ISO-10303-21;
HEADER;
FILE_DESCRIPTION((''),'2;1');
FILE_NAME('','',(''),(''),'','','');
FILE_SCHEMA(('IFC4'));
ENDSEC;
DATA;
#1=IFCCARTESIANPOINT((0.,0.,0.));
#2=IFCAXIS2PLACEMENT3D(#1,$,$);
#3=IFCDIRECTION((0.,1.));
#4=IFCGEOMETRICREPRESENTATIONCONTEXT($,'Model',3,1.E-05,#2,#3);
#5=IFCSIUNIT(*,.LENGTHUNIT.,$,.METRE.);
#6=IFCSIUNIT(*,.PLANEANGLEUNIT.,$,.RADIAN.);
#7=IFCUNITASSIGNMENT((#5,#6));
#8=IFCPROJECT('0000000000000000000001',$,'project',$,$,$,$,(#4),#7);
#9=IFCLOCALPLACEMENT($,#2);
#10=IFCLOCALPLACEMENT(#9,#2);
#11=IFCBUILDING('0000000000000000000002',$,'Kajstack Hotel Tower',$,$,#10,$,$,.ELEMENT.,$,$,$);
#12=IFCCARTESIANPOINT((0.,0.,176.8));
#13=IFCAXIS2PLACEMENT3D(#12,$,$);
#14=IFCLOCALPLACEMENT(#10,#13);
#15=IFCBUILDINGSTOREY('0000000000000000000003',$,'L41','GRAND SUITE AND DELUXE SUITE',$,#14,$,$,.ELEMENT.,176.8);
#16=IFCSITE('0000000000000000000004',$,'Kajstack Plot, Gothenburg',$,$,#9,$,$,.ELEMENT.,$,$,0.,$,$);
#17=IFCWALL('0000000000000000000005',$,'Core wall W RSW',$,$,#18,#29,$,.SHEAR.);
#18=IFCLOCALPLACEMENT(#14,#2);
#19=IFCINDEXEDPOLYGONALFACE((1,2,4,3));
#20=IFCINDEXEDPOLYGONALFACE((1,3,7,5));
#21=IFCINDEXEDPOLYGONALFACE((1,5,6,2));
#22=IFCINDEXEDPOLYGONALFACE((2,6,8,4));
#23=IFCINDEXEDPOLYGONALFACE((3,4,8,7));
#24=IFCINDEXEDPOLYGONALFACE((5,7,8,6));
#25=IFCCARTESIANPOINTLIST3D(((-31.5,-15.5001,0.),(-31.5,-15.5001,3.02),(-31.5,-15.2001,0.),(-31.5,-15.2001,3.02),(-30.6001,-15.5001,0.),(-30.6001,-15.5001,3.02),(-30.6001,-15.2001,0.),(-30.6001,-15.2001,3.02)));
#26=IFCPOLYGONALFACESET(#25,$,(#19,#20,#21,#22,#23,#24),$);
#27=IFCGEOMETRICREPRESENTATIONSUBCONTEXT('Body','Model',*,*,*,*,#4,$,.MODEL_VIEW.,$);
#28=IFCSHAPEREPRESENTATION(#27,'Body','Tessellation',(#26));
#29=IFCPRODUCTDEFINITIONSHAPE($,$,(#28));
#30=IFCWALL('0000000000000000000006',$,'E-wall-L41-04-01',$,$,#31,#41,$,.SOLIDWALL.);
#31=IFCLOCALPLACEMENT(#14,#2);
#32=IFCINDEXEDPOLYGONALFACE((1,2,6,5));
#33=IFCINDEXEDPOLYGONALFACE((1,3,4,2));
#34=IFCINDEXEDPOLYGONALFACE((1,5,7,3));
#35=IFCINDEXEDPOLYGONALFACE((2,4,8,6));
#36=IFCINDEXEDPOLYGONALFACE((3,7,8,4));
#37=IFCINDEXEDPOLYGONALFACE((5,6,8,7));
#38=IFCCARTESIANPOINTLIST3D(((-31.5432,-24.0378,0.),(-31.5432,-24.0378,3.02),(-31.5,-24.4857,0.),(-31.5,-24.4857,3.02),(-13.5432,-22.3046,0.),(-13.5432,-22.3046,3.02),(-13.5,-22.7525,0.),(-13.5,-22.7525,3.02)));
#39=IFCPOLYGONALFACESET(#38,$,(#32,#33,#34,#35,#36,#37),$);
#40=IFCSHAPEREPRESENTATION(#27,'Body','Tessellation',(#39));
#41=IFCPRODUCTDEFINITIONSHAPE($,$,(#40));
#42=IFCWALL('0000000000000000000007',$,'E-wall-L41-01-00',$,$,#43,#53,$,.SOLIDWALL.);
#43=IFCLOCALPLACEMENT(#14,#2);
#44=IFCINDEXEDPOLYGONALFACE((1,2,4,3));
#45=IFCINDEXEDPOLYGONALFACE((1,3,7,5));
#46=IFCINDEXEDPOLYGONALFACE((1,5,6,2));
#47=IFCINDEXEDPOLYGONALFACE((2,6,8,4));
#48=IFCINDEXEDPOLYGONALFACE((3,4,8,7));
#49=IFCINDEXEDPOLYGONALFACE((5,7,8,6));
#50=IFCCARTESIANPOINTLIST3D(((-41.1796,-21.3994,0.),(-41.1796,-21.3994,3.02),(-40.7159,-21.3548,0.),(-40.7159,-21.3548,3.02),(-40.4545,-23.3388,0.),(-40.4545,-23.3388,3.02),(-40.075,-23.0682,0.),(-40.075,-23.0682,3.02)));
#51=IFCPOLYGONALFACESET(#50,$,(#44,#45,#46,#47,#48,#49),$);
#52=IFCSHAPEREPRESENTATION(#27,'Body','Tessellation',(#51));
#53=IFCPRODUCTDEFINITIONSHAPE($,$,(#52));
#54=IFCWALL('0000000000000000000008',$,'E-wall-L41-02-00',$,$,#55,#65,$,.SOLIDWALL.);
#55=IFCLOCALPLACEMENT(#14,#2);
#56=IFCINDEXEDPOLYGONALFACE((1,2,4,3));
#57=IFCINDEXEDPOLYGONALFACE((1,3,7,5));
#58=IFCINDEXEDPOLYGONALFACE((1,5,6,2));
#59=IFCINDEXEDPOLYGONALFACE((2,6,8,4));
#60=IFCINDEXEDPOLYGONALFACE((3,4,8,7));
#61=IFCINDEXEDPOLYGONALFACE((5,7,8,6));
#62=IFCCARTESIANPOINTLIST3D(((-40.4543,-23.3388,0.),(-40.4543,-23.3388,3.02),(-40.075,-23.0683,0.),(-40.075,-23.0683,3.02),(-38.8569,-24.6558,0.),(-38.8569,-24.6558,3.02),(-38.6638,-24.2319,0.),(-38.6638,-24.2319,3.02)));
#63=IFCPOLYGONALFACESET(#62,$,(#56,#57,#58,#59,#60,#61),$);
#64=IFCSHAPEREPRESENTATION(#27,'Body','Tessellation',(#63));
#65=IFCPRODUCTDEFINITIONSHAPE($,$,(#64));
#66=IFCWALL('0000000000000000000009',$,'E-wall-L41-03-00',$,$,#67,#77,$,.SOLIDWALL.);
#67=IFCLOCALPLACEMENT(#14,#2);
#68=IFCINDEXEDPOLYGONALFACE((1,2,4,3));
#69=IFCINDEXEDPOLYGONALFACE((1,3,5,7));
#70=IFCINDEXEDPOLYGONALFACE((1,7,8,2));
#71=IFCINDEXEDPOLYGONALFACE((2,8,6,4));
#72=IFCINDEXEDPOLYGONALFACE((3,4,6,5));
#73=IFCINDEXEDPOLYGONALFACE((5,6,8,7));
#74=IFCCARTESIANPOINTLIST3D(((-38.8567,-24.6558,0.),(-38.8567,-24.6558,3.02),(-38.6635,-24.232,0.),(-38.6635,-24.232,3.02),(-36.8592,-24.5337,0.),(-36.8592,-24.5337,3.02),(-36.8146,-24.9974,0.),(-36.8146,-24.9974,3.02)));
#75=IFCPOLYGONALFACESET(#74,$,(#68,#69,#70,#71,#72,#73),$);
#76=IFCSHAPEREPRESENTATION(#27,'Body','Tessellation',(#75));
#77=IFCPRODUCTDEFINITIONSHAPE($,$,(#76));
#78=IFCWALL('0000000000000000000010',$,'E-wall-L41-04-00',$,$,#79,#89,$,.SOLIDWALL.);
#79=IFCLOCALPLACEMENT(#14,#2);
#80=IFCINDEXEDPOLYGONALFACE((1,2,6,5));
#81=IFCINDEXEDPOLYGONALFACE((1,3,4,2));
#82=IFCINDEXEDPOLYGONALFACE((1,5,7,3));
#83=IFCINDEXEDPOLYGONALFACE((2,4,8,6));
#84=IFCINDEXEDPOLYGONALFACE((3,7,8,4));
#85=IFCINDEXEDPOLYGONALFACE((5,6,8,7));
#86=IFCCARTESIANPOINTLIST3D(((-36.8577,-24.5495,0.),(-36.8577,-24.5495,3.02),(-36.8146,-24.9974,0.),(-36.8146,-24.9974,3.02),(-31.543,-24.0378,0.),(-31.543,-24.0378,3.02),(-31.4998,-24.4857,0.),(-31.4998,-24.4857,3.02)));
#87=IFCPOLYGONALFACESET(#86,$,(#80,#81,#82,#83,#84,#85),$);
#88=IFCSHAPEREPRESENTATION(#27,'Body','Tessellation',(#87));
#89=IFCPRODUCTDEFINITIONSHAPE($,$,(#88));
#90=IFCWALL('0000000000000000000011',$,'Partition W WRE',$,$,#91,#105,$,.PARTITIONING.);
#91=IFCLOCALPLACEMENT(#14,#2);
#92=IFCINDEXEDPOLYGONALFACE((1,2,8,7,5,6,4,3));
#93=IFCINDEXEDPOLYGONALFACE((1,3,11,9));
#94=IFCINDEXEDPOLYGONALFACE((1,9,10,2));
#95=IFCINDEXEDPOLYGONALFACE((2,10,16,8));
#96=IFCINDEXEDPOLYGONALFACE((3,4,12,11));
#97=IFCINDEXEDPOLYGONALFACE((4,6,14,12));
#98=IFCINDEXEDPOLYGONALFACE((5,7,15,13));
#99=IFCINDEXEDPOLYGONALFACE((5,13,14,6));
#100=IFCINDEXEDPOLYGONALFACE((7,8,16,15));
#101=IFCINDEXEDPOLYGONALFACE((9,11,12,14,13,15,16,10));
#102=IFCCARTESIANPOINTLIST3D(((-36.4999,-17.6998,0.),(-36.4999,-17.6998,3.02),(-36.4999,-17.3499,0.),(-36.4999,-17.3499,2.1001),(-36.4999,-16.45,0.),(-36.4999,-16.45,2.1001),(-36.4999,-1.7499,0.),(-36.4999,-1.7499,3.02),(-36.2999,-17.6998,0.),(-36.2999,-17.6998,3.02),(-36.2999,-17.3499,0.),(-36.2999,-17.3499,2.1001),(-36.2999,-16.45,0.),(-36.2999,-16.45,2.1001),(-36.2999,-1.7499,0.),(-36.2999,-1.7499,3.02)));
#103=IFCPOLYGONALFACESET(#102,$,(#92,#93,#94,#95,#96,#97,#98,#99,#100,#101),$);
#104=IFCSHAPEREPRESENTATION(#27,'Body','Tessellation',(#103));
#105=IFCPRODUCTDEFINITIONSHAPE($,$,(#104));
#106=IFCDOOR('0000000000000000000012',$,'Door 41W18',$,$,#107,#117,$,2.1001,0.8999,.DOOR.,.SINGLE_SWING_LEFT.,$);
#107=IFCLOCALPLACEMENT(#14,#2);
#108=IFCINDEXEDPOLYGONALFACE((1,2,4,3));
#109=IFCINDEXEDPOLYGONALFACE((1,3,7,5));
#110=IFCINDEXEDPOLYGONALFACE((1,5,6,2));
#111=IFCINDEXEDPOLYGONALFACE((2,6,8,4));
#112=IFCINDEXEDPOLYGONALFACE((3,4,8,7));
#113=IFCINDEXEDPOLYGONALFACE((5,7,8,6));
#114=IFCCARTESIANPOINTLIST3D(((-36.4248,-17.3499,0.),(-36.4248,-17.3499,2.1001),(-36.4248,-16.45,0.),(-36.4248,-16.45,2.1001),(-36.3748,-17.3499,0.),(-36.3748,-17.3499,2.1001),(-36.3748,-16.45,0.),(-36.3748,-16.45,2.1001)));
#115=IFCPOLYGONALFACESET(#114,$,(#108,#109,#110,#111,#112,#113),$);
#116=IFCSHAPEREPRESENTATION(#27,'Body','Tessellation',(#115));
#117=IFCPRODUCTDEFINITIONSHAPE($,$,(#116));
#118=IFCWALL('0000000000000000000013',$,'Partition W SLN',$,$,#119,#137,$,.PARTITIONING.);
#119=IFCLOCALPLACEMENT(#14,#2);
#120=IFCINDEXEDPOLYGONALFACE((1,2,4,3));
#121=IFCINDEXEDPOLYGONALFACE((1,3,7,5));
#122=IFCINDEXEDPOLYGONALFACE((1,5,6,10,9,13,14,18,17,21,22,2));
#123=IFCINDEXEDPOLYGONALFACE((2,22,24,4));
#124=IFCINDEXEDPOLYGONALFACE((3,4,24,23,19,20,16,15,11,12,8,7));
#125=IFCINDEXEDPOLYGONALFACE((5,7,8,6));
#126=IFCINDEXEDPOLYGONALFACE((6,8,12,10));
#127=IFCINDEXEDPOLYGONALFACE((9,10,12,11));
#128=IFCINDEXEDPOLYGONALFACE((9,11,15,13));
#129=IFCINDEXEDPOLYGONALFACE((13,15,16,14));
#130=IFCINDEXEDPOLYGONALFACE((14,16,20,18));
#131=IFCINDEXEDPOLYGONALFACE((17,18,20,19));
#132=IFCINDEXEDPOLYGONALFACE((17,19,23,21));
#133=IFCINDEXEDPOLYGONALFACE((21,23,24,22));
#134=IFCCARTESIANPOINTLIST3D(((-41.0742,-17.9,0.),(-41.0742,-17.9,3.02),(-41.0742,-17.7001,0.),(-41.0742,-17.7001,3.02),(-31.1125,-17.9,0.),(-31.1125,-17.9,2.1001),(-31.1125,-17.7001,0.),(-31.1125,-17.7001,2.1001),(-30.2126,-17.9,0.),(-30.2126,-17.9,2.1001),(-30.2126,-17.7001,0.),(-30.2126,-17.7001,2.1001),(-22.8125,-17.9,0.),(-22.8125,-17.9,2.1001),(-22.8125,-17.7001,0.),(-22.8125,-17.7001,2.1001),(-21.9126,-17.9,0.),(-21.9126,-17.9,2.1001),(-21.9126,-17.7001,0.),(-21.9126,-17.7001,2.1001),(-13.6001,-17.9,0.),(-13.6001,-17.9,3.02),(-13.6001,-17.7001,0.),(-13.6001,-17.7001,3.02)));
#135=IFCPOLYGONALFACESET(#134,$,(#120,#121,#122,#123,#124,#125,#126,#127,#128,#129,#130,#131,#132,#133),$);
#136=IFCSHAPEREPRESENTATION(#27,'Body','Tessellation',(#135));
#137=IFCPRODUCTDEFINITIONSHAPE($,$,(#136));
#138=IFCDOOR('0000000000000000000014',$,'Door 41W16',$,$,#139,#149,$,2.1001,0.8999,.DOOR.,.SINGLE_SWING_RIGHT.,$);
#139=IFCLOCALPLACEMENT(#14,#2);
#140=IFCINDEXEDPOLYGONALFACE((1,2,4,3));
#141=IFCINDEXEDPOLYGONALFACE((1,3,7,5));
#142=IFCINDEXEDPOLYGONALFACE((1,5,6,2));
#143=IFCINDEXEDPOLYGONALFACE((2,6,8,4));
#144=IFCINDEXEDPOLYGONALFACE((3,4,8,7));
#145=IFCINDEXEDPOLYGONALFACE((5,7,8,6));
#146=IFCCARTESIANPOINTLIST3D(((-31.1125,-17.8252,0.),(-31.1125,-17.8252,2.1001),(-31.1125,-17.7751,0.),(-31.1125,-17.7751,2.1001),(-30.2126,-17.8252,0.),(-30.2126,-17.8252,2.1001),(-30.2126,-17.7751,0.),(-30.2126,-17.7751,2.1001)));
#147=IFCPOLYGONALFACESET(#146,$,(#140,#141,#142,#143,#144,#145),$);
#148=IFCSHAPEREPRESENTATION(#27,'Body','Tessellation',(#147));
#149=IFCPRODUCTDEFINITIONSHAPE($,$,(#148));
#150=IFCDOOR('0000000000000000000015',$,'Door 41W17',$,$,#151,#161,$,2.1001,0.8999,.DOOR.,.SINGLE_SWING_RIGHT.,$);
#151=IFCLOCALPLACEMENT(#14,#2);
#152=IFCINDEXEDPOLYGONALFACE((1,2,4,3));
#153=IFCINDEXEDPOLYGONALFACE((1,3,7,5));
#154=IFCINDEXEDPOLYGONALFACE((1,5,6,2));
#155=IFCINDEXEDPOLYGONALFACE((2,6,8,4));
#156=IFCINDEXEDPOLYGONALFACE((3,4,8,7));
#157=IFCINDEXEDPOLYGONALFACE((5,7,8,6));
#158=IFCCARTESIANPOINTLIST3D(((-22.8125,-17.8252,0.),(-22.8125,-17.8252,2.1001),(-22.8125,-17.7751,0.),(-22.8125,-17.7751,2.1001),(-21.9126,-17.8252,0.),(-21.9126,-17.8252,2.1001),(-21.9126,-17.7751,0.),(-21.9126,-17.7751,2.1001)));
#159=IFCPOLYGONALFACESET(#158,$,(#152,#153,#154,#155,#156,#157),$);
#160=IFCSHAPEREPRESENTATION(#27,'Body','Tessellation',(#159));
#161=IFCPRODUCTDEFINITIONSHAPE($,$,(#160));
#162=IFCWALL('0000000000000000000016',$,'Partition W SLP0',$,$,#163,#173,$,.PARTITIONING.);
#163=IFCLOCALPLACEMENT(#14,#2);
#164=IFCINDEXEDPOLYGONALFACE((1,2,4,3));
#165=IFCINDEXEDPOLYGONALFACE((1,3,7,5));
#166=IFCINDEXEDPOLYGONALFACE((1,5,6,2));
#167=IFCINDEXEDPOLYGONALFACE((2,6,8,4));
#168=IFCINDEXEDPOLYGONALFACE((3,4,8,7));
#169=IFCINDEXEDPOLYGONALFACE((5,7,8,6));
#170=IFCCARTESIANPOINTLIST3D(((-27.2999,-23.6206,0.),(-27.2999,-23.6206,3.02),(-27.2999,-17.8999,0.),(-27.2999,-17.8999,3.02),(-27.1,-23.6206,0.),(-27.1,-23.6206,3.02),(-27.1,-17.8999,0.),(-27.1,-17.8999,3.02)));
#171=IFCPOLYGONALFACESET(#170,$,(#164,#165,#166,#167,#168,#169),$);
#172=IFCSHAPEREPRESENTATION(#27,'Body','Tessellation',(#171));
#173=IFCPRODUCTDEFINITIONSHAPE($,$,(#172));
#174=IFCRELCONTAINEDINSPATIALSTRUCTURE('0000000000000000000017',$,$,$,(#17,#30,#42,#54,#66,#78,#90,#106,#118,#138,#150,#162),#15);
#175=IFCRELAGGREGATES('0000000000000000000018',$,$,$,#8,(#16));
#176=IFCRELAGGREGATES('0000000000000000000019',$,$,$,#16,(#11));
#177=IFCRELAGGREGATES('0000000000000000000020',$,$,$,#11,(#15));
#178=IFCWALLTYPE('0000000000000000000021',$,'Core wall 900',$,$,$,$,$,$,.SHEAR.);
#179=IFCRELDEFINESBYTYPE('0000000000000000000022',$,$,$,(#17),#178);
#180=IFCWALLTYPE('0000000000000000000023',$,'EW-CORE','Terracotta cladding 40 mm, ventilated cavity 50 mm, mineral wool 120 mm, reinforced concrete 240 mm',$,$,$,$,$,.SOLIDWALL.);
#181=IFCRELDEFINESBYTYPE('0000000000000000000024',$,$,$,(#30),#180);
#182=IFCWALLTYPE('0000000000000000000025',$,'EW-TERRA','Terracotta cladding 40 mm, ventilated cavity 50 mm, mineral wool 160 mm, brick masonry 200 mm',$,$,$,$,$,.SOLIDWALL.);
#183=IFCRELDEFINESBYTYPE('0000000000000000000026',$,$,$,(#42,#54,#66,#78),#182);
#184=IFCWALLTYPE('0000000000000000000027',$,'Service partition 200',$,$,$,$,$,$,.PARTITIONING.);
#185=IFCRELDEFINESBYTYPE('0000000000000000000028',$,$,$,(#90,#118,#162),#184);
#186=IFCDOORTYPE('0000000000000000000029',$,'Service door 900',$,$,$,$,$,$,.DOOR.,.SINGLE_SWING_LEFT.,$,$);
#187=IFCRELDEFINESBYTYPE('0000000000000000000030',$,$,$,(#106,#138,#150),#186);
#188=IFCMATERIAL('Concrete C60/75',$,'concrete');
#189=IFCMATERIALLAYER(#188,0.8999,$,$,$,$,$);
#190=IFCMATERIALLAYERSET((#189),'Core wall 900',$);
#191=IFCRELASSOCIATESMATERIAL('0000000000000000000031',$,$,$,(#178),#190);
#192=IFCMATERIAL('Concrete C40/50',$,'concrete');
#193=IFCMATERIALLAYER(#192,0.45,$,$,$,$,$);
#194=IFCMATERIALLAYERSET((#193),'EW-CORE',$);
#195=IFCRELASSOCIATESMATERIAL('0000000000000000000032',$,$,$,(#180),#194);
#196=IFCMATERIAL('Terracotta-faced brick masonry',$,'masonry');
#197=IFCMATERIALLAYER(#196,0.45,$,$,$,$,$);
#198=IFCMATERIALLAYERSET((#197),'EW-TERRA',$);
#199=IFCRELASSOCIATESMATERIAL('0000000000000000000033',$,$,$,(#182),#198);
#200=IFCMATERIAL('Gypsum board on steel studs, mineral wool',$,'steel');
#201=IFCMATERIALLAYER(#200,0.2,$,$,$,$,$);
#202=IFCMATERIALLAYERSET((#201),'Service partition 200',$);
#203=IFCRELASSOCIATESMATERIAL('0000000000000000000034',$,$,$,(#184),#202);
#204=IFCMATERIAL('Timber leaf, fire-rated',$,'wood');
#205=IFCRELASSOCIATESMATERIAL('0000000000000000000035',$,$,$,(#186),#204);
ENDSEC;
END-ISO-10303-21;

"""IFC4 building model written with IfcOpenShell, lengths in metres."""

from ifc_helpers import new_model, si_unit, direction, frame, frame_2d, origin, place, context, subcontext, project, spatial, polyline, rectangle, outline, extrude, material, layer, layer_set, type_object, element, fill, save


model = new_model("IFC4")

# Units and contexts
model_context = context("Model", 3, precision=1e-05, world=origin(), true_north=direction((0.0, 1.0)))
body_context = subcontext(model_context, "Body", "Model", "MODEL_VIEW")
ifc_project = project(units=[si_unit("LENGTHUNIT", "METRE"), si_unit("PLANEANGLEUNIT", "RADIAN")], contexts=[model_context])

# Site, building, storey
site_placement = place(None, origin())
site = spatial("IfcSite", under=ifc_project, at=site_placement, Name="Kajstack Plot, Gothenburg", CompositionType="ELEMENT", RefElevation=0.0)
building_placement = place(site_placement, origin())
building = spatial("IfcBuilding", under=site, at=building_placement, Name="Kajstack Hotel Tower", CompositionType="ELEMENT")
storey_placement = place(building_placement, frame((0.0, 0.0, 176.8)))
storey = spatial("IfcBuildingStorey", under=building, at=storey_placement, Name="L41", Description="GRAND SUITE AND DELUXE SUITE", CompositionType="ELEMENT", Elevation=176.8)

# Walls
ifc_material_1 = material(Name="Concrete C60/75", Category="concrete")
ifc_layer_1 = layer(ifc_material_1, 0.8999)
ifc_layer_set_1 = layer_set([ifc_layer_1], Name="Core wall 900")
wall_type_1 = type_object("IfcWallType", Name="Core wall 900", PredefinedType="SHEAR", material=ifc_layer_set_1)
wall_1_placement = place(storey_placement, frame((-31.5, -15.3501, 0.0), z_axis=(0.0, 0.0, 1.0), x_axis=(1.0, 0.0, 0.0)))
element("IfcWall", 1, at=wall_1_placement, inside=storey, type_object=wall_type_1, Name="Core wall W RSW", PredefinedType="SHEAR", context=body_context, shape_type="SweptSolid", body=[
    extrude(rectangle(XDim=0.8999, YDim=0.3, at=frame_2d((0.45, 0.0))), origin(), (0.0, 0.0, 1.0), 3.02),
])
ifc_material_2 = material(Name="Concrete C40/50", Category="concrete")
ifc_layer_2 = layer(ifc_material_2, 0.45)
ifc_layer_set_2 = layer_set([ifc_layer_2], Name="EW-CORE")
wall_type_2 = type_object("IfcWallType", Name="EW-CORE", Description="Terracotta cladding 40 mm, ventilated cavity 50 mm, mineral wool 120 mm, reinforced concrete 240 mm", PredefinedType="SOLIDWALL", material=ifc_layer_set_2)
wall_2_placement = place(storey_placement, frame((-31.5215, -24.2617, 0.0), z_axis=(0.0, 0.0, 1.0), x_axis=(0.995396, 0.095843, 0.0)))
element("IfcWall", 2, at=wall_2_placement, inside=storey, type_object=wall_type_2, Name="E-wall-L41-04-01", PredefinedType="SOLIDWALL", context=body_context, shape_type="SweptSolid", body=[
    extrude(rectangle(XDim=18.0833, YDim=0.45, at=frame_2d((9.0415, 0.0))), origin(), (0.0, 0.0, 1.0), 3.02),
])
ifc_material_3 = material(Name="Terracotta-faced brick masonry", Category="masonry")
ifc_layer_3 = layer(ifc_material_3, 0.45)
ifc_layer_set_3 = layer_set([ifc_layer_3], Name="EW-TERRA")
wall_type_3 = type_object("IfcWallType", Name="EW-TERRA", Description="Terracotta cladding 40 mm, ventilated cavity 50 mm, mineral wool 160 mm, brick masonry 200 mm", PredefinedType="SOLIDWALL", material=ifc_layer_set_3)
wall_3_placement = place(storey_placement, frame((-40.9688, -21.3206, 0.0), z_axis=(0.0, 0.0, 1.0), x_axis=(0.350193, -0.936678, 0.0)))
element("IfcWall", 3, at=wall_3_placement, inside=storey, type_object=wall_type_3, Name="E-wall-L41-01-00", PredefinedType="SOLIDWALL", context=body_context, shape_type="SweptSolid", body=[
    extrude(outline(polyline([(0.0, -0.2251), (2.0706, -0.2251), (1.95, 0.2251), (0.1206, 0.2249), (0.0, -0.2251)])), origin(), (0.0, 0.0, 1.0), 3.02),
])
wall_4_placement = place(storey_placement, frame((-40.3113, -23.1653, 0.0), z_axis=(0.0, 0.0, 1.0), x_axis=(0.771651, -0.636046, 0.0)))
element("IfcWall", 4, at=wall_4_placement, inside=storey, type_object=wall_type_3, Name="E-wall-L41-02-00", PredefinedType="SOLIDWALL", context=body_context, shape_type="SweptSolid", body=[
    extrude(outline(polyline([(0.0, -0.2249), (2.0703, -0.2251), (1.9497, 0.2249), (0.1206, 0.2251), (0.0, -0.2249)])), origin(), (0.0, 0.0, 1.0), 3.02),
])
wall_5_placement = place(storey_placement, frame((-38.8196, -24.4338, 0.0), z_axis=(0.0, 0.0, 1.0), x_axis=(0.986279, -0.165087, 0.0)))
element("IfcWall", 5, at=wall_5_placement, inside=storey, type_object=wall_type_3, Name="E-wall-L41-03-00", PredefinedType="SOLIDWALL", context=body_context, shape_type="SweptSolid", body=[
    extrude(outline(polyline([(0.0, -0.2251), (2.0706, -0.2249), (1.95, 0.2251), (0.1206, 0.2249), (0.0, -0.2251)])), origin(), (0.0, 0.0, 1.0), 3.02),
])
wall_6_placement = place(storey_placement, frame((-36.8362, -24.7734, 0.0), z_axis=(0.0, 0.0, 1.0), x_axis=(0.995397, 0.09584, 0.0)))
element("IfcWall", 6, at=wall_6_placement, inside=storey, type_object=wall_type_3, Name="E-wall-L41-04-00", PredefinedType="SOLIDWALL", context=body_context, shape_type="SweptSolid", body=[
    extrude(rectangle(XDim=5.3394, YDim=0.45, at=frame_2d((2.6697, 0.0))), origin(), (0.0, 0.0, 1.0), 3.02),
])

# Wall, opening, door
ifc_material_4 = material(Name="Gypsum board on steel studs, mineral wool", Category="steel")
ifc_layer_4 = layer(ifc_material_4, 0.2)
ifc_layer_set_4 = layer_set([ifc_layer_4], Name="Service partition 200")
wall_type_4 = type_object("IfcWallType", Name="Service partition 200", PredefinedType="PARTITIONING", material=ifc_layer_set_4)
wall_7_placement = place(storey_placement, frame((-36.3999, -17.7, 0.0), z_axis=(0.0, 0.0, 1.0), x_axis=(0.0, 1.0, 0.0)))
wall_7 = element("IfcWall", 7, at=wall_7_placement, inside=storey, type_object=wall_type_4, Name="Partition W WRE", PredefinedType="PARTITIONING", context=body_context, shape_type="SweptSolid", body=[
    extrude(rectangle(XDim=15.95, YDim=0.2, at=frame_2d((7.9751, 0.0))), origin(), (0.0, 0.0, 1.0), 3.02),
])
opening_1_placement = place(wall_7_placement, frame((0.3501, 0.0, 0.0)))
opening_1 = element("IfcOpeningElement", 8, at=opening_1_placement, cuts=wall_7, PredefinedType="OPENING", context=body_context, shape_type="SweptSolid", body=[
    extrude(rectangle(XDim=0.8999, YDim=2.1001, at=frame_2d((0.45, 1.05))), frame((0.0, 0.1099, 0.0), z_axis=(0.0, -1.0, 0.0), x_axis=(1.0, 0.0, 0.0)), (0.0, 0.0, 1.0), 0.22),
])
ifc_material_5 = material(Name="Timber leaf, fire-rated", Category="wood")
door_type = type_object("IfcDoorType", Name="Service door 900", OperationType="SINGLE_SWING_LEFT", PredefinedType="DOOR", material=ifc_material_5)
door_1_placement = place(opening_1_placement, origin())
door_1 = element("IfcDoor", 9, at=door_1_placement, inside=storey, type_object=door_type, Name="Door 41W18", OperationType="SINGLE_SWING_LEFT", OverallHeight=2.1001, OverallWidth=0.8999, PredefinedType="DOOR", context=body_context, shape_type="SweptSolid", body=[
    extrude(rectangle(XDim=0.8999, YDim=2.1001, at=frame_2d((0.45, 1.05))), frame((0.0, 0.0249, 0.0), z_axis=(0.0, -1.0, 0.0), x_axis=(1.0, 0.0, 0.0)), (0.0, 0.0, 1.0), 0.05),
])
fill(opening_1, door_1)

# Wall, openings, doors
wall_8_placement = place(storey_placement, frame((-41.0742, -17.8, 0.0), z_axis=(0.0, 0.0, 1.0), x_axis=(1.0, 0.0, 0.0)))
wall_8 = element("IfcWall", 10, at=wall_8_placement, inside=storey, type_object=wall_type_4, Name="Partition W SLN", PredefinedType="PARTITIONING", context=body_context, shape_type="SweptSolid", body=[
    extrude(rectangle(XDim=27.4741, YDim=0.2, at=frame_2d((13.7371, 0.0))), origin(), (0.0, 0.0, 1.0), 3.02),
])
opening_2_placement = place(wall_8_placement, frame((9.9617, 0.0, 0.0)))
opening_2 = element("IfcOpeningElement", 11, at=opening_2_placement, cuts=wall_8, PredefinedType="OPENING", context=body_context, shape_type="SweptSolid", body=[
    extrude(rectangle(XDim=0.8999, YDim=2.1001, at=frame_2d((0.45, 1.05))), frame((0.0, 0.1099, 0.0), z_axis=(0.0, -1.0, 0.0), x_axis=(1.0, 0.0, 0.0)), (0.0, 0.0, 1.0), 0.22),
])
opening_3_placement = place(wall_8_placement, frame((18.2617, 0.0, 0.0)))
opening_3 = element("IfcOpeningElement", 12, at=opening_3_placement, cuts=wall_8, PredefinedType="OPENING", context=body_context, shape_type="SweptSolid", body=[
    extrude(rectangle(XDim=0.8999, YDim=2.1001, at=frame_2d((0.45, 1.05))), frame((0.0, 0.1099, 0.0), z_axis=(0.0, -1.0, 0.0), x_axis=(1.0, 0.0, 0.0)), (0.0, 0.0, 1.0), 0.22),
])
door_2_placement = place(opening_2_placement, origin())
door_2 = element("IfcDoor", 13, at=door_2_placement, inside=storey, type_object=door_type, Name="Door 41W16", OperationType="SINGLE_SWING_RIGHT", OverallHeight=2.1001, OverallWidth=0.8999, PredefinedType="DOOR", context=body_context, shape_type="SweptSolid", body=[
    extrude(rectangle(XDim=0.8999, YDim=2.1001, at=frame_2d((0.45, 1.05))), frame((0.0, 0.0249, 0.0), z_axis=(0.0, -1.0, 0.0), x_axis=(1.0, 0.0, 0.0)), (0.0, 0.0, 1.0), 0.05),
])
fill(opening_2, door_2)
door_3_placement = place(opening_3_placement, origin())
door_3 = element("IfcDoor", 14, at=door_3_placement, inside=storey, type_object=door_type, Name="Door 41W17", OperationType="SINGLE_SWING_RIGHT", OverallHeight=2.1001, OverallWidth=0.8999, PredefinedType="DOOR", context=body_context, shape_type="SweptSolid", body=[
    extrude(rectangle(XDim=0.8999, YDim=2.1001, at=frame_2d((0.45, 1.05))), frame((0.0, 0.0249, 0.0), z_axis=(0.0, -1.0, 0.0), x_axis=(1.0, 0.0, 0.0)), (0.0, 0.0, 1.0), 0.05),
])
fill(opening_3, door_3)

# Wall
wall_9_placement = place(storey_placement, frame((-27.2, -23.6206, 0.0), z_axis=(0.0, 0.0, 1.0), x_axis=(0.0, 1.0, 0.0)))
element("IfcWall", 15, at=wall_9_placement, inside=storey, type_object=wall_type_4, Name="Partition W SLP0", PredefinedType="PARTITIONING", context=body_context, shape_type="SweptSolid", body=[
    extrude(rectangle(XDim=5.7207, YDim=0.2, at=frame_2d((2.8604, 0.0))), origin(), (0.0, 0.0, 1.0), 3.02),
])

save(model, "model.ifc")
